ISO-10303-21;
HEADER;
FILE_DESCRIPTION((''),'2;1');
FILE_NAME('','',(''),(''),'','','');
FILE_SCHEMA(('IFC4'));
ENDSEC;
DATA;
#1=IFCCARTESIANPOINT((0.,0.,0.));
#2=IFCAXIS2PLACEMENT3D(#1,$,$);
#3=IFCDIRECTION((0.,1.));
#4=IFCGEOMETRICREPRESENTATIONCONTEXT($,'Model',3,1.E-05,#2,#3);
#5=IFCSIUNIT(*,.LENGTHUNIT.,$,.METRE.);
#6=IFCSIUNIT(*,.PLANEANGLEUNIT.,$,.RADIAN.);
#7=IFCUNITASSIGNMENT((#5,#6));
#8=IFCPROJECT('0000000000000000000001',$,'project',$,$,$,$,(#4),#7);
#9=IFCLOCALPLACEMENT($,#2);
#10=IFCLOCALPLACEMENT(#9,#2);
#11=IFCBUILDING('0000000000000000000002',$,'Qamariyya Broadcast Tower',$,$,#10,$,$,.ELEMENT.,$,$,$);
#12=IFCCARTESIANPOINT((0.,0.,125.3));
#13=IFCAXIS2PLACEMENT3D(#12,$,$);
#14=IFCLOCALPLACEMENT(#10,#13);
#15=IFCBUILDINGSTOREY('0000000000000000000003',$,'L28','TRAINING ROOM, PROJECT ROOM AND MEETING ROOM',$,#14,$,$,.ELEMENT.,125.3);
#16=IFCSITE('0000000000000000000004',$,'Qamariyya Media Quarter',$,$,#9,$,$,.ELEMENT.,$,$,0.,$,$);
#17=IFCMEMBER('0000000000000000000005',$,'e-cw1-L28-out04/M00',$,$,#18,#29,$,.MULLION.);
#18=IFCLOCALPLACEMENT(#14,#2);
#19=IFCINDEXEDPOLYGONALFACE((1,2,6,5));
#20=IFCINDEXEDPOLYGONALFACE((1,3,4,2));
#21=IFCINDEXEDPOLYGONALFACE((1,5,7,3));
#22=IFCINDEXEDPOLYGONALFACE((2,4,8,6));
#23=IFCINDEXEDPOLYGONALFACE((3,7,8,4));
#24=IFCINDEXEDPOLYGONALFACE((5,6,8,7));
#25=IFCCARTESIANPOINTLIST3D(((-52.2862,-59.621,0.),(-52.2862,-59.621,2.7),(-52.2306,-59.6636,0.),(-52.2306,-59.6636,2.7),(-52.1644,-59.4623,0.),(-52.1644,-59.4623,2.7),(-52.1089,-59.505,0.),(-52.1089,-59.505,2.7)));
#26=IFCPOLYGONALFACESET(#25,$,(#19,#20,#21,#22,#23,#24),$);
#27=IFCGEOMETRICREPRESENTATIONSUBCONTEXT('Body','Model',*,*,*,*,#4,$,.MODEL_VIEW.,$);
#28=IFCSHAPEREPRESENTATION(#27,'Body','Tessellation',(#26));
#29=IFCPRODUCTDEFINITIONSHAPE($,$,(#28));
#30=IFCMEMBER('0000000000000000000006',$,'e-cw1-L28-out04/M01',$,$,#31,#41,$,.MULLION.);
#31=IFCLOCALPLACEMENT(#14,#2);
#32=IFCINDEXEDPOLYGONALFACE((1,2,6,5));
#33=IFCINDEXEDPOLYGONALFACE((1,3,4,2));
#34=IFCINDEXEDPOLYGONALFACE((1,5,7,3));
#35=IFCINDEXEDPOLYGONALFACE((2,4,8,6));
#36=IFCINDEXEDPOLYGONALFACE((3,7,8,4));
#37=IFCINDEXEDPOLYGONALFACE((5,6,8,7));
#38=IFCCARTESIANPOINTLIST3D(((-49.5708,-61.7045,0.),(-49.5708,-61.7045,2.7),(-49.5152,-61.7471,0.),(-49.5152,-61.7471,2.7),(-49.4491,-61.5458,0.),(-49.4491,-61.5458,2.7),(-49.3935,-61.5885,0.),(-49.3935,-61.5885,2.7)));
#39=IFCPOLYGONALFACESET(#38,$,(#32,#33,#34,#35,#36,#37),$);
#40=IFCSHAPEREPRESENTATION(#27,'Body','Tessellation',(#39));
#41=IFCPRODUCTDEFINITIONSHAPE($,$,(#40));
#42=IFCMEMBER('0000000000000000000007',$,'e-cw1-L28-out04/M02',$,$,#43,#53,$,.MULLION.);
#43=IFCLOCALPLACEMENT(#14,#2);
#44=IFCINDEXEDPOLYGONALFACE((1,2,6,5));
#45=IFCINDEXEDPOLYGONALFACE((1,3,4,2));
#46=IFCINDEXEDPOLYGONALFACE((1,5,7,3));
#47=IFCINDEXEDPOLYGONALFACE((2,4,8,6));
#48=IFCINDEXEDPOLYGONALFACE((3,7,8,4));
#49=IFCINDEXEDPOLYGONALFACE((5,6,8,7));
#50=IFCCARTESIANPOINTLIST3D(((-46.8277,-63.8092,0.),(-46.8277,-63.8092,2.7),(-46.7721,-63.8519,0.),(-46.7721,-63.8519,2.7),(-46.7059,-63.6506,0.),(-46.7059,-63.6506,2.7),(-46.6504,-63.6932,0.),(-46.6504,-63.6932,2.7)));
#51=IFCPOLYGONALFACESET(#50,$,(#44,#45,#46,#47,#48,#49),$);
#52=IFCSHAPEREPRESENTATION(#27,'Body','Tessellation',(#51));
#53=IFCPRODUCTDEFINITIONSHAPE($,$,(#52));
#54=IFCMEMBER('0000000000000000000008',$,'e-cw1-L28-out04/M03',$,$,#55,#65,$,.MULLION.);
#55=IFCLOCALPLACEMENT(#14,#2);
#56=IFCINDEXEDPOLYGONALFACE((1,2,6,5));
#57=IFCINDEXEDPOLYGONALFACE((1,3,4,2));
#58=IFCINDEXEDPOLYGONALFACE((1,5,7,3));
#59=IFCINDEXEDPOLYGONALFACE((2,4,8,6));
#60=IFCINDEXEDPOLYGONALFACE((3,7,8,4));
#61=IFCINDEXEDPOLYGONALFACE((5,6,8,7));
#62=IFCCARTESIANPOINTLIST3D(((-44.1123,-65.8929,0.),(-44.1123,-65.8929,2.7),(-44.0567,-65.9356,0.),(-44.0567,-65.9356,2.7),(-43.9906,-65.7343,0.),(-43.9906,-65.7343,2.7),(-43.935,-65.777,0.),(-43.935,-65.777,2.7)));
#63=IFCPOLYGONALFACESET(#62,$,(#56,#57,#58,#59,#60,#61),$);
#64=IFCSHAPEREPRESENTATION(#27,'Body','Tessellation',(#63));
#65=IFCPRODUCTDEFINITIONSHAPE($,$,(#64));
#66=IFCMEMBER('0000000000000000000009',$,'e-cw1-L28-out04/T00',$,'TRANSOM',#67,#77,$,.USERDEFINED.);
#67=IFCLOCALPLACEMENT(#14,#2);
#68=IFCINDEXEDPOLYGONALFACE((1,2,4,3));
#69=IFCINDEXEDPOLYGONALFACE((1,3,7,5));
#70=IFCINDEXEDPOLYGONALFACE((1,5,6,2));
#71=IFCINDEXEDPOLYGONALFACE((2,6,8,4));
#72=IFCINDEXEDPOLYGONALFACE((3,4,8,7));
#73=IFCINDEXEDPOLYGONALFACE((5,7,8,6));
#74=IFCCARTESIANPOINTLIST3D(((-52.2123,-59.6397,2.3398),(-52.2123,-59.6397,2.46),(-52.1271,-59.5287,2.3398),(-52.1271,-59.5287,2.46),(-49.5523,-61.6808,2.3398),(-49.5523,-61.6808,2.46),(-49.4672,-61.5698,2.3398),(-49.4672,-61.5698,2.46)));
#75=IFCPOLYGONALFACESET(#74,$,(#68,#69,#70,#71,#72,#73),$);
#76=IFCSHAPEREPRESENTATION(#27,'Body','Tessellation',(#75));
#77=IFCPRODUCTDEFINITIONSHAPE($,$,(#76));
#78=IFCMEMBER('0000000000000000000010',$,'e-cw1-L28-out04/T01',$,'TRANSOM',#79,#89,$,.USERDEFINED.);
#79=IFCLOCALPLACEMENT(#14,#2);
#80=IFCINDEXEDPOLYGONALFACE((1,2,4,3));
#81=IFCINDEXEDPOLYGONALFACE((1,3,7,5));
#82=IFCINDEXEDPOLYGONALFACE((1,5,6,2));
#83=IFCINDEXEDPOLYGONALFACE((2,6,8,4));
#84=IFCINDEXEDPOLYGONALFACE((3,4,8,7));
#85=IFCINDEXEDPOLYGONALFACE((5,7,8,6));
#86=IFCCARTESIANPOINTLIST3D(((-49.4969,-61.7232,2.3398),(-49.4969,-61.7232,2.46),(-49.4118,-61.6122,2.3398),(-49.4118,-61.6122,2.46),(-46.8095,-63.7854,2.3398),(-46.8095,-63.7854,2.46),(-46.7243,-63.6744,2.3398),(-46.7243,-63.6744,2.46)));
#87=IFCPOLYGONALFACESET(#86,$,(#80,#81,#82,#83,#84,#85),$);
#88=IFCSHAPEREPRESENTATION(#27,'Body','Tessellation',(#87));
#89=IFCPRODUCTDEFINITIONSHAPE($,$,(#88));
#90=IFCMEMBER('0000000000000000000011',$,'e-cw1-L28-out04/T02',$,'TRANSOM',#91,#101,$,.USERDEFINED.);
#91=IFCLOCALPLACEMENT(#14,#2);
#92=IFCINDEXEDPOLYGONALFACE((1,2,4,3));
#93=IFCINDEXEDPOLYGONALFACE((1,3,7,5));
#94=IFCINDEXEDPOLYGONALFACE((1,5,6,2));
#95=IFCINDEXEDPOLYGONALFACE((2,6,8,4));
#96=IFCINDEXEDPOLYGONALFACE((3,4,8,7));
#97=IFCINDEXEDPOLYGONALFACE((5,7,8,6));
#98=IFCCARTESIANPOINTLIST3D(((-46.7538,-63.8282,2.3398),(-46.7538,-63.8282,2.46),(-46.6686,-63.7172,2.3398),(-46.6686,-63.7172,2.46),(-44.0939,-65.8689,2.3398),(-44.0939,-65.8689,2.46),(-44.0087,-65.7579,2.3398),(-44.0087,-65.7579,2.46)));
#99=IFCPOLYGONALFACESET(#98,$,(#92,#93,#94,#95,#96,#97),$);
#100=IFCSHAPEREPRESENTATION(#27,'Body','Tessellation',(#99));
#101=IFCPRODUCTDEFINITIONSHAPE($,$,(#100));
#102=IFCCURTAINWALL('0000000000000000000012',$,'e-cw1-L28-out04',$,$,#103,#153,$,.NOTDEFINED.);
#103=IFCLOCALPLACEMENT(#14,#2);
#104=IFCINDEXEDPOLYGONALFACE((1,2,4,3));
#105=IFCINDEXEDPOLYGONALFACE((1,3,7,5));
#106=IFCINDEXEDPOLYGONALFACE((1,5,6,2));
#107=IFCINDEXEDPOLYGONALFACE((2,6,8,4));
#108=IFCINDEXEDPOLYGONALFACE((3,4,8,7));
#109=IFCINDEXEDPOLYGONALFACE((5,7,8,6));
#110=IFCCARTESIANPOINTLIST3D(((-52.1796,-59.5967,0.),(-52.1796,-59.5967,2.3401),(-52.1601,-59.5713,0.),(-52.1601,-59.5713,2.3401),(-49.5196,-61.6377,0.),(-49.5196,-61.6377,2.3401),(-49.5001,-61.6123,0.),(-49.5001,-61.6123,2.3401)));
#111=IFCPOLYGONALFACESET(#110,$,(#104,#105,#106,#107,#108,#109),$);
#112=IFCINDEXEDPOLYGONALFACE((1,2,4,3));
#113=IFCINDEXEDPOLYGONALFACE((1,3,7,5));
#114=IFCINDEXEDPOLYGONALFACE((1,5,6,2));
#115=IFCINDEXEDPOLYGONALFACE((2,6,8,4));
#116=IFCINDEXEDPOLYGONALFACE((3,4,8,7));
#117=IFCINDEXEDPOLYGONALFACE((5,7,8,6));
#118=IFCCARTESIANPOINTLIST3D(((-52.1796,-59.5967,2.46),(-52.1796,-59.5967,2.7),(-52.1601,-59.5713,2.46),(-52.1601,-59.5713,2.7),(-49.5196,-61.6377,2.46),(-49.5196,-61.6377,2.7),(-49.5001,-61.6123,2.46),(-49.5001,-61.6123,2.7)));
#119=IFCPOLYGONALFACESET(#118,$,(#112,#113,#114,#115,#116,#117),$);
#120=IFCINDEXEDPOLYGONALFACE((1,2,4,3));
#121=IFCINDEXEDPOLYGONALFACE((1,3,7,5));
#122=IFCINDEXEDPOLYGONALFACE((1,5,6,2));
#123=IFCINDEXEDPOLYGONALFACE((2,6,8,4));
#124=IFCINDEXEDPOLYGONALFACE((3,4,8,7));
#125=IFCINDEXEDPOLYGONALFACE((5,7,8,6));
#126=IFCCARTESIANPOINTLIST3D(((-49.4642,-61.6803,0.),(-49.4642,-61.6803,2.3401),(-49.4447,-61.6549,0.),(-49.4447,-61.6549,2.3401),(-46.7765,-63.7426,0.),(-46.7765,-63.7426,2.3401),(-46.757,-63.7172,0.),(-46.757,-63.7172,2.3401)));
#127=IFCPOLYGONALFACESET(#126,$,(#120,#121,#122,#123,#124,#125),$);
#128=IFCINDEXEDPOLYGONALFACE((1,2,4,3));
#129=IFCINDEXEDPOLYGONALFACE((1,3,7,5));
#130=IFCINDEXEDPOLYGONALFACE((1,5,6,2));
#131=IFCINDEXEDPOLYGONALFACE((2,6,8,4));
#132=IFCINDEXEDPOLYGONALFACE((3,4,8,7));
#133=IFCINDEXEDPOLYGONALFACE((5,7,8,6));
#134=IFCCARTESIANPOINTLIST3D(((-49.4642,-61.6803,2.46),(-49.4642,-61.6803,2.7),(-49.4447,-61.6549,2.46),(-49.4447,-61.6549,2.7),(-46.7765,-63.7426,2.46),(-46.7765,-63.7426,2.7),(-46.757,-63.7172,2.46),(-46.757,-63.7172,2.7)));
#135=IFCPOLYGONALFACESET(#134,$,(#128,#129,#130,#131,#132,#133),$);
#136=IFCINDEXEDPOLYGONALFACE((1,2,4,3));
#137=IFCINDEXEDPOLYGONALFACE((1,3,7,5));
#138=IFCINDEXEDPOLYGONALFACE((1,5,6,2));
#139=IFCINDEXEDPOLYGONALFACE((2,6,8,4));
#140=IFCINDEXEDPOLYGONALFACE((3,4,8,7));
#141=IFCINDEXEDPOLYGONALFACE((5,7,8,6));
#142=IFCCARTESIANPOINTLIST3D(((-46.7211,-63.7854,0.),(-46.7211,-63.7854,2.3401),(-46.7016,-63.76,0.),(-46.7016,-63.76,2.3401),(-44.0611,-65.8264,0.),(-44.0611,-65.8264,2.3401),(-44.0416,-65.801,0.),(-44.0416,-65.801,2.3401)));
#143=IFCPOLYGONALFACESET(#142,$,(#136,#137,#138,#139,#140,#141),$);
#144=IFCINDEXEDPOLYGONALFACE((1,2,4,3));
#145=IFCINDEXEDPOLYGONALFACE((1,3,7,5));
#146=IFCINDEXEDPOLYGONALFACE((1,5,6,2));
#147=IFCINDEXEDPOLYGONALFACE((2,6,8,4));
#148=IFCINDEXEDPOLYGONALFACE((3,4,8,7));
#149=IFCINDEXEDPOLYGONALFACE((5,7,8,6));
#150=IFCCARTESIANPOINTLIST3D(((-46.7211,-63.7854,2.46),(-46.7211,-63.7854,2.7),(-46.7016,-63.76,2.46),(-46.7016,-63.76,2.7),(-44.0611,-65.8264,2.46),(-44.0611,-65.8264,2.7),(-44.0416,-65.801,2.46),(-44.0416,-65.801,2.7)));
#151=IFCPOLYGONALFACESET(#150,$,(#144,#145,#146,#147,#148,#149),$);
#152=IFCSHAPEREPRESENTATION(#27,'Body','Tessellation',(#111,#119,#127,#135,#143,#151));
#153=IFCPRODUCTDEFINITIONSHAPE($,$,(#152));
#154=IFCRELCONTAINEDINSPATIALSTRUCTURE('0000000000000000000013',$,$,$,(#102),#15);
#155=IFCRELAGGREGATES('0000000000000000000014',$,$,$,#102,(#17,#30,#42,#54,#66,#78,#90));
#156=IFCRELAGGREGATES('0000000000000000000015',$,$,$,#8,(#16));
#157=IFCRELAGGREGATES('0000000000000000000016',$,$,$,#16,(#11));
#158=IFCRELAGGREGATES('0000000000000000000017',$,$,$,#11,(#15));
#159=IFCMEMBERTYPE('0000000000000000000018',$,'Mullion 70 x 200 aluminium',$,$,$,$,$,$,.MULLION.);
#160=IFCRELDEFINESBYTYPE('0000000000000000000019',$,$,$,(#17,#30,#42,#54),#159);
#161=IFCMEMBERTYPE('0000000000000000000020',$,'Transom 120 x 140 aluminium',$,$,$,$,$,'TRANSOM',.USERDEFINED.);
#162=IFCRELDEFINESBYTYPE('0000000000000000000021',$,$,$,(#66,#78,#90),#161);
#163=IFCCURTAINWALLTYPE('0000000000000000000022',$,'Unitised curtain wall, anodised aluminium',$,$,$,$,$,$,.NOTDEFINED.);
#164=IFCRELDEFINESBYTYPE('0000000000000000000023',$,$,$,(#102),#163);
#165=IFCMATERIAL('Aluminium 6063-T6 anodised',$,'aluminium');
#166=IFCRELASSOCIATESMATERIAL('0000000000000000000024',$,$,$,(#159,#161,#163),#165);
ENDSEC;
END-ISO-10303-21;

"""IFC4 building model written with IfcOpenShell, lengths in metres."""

from ifc_helpers import new_model, si_unit, direction, frame, origin, origin_2d, place, context, subcontext, project, spatial, rectangle, extrude, material, material_profile, profile_set, type_object, element, aggregate, save


model = new_model("IFC4")

# Units and contexts
model_context = context("Model", 3, precision=1e-05, world=origin(), true_north=direction((0.0, 1.0)))
body_context = subcontext(model_context, "Body", "Model", "MODEL_VIEW")
ifc_project = project(units=[si_unit("LENGTHUNIT", "METRE"), si_unit("PLANEANGLEUNIT", "RADIAN")], contexts=[model_context])

# Members
ifc_material = material(Name="Aluminium 6063-T6 anodised", Category="aluminium")
ifc_material_profile_1 = material_profile(ifc_material, rectangle(XDim=0.2, YDim=0.0701, at=origin_2d()))
ifc_profile_set_1 = profile_set([ifc_material_profile_1], Name="Aluminium 6063-T6 anodised")
member_type_1 = type_object("IfcMemberType", Name="Mullion 70 x 200 aluminium", PredefinedType="MULLION", material=ifc_profile_set_1)
site_placement = place(None, origin())
building_placement = place(site_placement, origin())
storey_placement = place(building_placement, frame((0.0, 0.0, 125.3)))
member_1_placement = place(storey_placement, frame((-52.1975, -59.563, 0.0), z_axis=(0.0, 0.0, 1.0), x_axis=(0.608761, 0.793353, 0.0)))
member_1 = element("IfcMember", 1, at=member_1_placement, type_object=member_type_1, Name="e-cw1-L28-out04/M00", PredefinedType="MULLION", context=body_context, shape_type="SweptSolid", body=[
    extrude(rectangle(XDim=0.2, YDim=0.0701, at=origin_2d()), origin(), (0.0, 0.0, 1.0), 2.7),
])
member_2_placement = place(storey_placement, frame((-49.4822, -61.6465, 0.0), z_axis=(0.0, 0.0, 1.0), x_axis=(0.608761, 0.793353, 0.0)))
member_2 = element("IfcMember", 2, at=member_2_placement, type_object=member_type_1, Name="e-cw1-L28-out04/M01", PredefinedType="MULLION", context=body_context, shape_type="SweptSolid", body=[
    extrude(rectangle(XDim=0.2, YDim=0.0701, at=origin_2d()), origin(), (0.0, 0.0, 1.0), 2.7),
])
member_3_placement = place(storey_placement, frame((-46.739, -63.7512, 0.0), z_axis=(0.0, 0.0, 1.0), x_axis=(0.608761, 0.793353, 0.0)))
member_3 = element("IfcMember", 3, at=member_3_placement, type_object=member_type_1, Name="e-cw1-L28-out04/M02", PredefinedType="MULLION", context=body_context, shape_type="SweptSolid", body=[
    extrude(rectangle(XDim=0.2, YDim=0.0701, at=origin_2d()), origin(), (0.0, 0.0, 1.0), 2.7),
])
member_4_placement = place(storey_placement, frame((-44.0237, -65.835, 0.0), z_axis=(0.0, 0.0, 1.0), x_axis=(0.608761, 0.793353, 0.0)))
member_4 = element("IfcMember", 4, at=member_4_placement, type_object=member_type_1, Name="e-cw1-L28-out04/M03", PredefinedType="MULLION", context=body_context, shape_type="SweptSolid", body=[
    extrude(rectangle(XDim=0.2, YDim=0.0701, at=origin_2d()), origin(), (0.0, 0.0, 1.0), 2.7),
])
ifc_material_profile_2 = material_profile(ifc_material, rectangle(XDim=0.1399, YDim=0.1201, at=origin_2d()))
ifc_profile_set_2 = profile_set([ifc_material_profile_2], Name="Aluminium 6063-T6 anodised")
member_type_2 = type_object("IfcMemberType", Name="Transom 120 x 140 aluminium", ElementType="TRANSOM", PredefinedType="USERDEFINED", material=ifc_profile_set_2)
member_5_placement = place(storey_placement, frame((-52.1697, -59.5842, 2.3999), z_axis=(0.793354, -0.60876, 0.0), x_axis=(0.60876, 0.793354, 0.0)))
member_5 = element("IfcMember", 5, at=member_5_placement, type_object=member_type_2, Name="e-cw1-L28-out04/T00", ObjectType="TRANSOM", PredefinedType="USERDEFINED", context=body_context, shape_type="SweptSolid", body=[
    extrude(rectangle(XDim=0.1399, YDim=0.1201, at=origin_2d()), origin(), (0.0, 0.0, 1.0), 3.3528),
])
member_6_placement = place(storey_placement, frame((-49.4543, -61.6677, 2.3999), z_axis=(0.793344, -0.608773, 0.0), x_axis=(0.608773, 0.793344, 0.0)))
member_6 = element("IfcMember", 6, at=member_6_placement, type_object=member_type_2, Name="e-cw1-L28-out04/T01", ObjectType="TRANSOM", PredefinedType="USERDEFINED", context=body_context, shape_type="SweptSolid", body=[
    extrude(rectangle(XDim=0.1399, YDim=0.1201, at=origin_2d()), origin(), (0.0, 0.0, 1.0), 3.3875),
])
member_7_placement = place(storey_placement, frame((-46.7112, -63.7727, 2.3999), z_axis=(0.793389, -0.608714, 0.0), x_axis=(0.608714, 0.793389, 0.0)))
member_7 = element("IfcMember", 7, at=member_7_placement, type_object=member_type_2, Name="e-cw1-L28-out04/T02", ObjectType="TRANSOM", PredefinedType="USERDEFINED", context=body_context, shape_type="SweptSolid", body=[
    extrude(rectangle(XDim=0.1399, YDim=0.1201, at=origin_2d()), origin(), (0.0, 0.0, 1.0), 3.3525),
])

# Site, building, storey
site = spatial("IfcSite", under=ifc_project, at=site_placement, Name="Qamariyya Media Quarter", CompositionType="ELEMENT", RefElevation=0.0)
building = spatial("IfcBuilding", under=site, at=building_placement, Name="Qamariyya Broadcast Tower", CompositionType="ELEMENT")
storey = spatial("IfcBuildingStorey", under=building, at=storey_placement, Name="L28", Description="TRAINING ROOM, PROJECT ROOM AND MEETING ROOM", CompositionType="ELEMENT", Elevation=125.3)

# Curtain wall
curtain_wall_type = type_object("IfcCurtainWallType", Name="Unitised curtain wall, anodised aluminium", PredefinedType="NOTDEFINED", material=ifc_material)
curtain_wall_1_placement = place(storey_placement, origin())
curtain_wall_1 = element("IfcCurtainWall", 8, at=curtain_wall_1_placement, inside=storey, type_object=curtain_wall_type, Name="e-cw1-L28-out04", PredefinedType="NOTDEFINED", context=body_context, shape_type="SweptSolid", body=[
    extrude(rectangle(XDim=3.3528, YDim=0.032, at=origin_2d()), frame((-50.8398, -60.6045, 0.0), x_axis=(0.793354, -0.608761, 0.0)), (0.0, 0.0, 1.0), 2.3401),
    extrude(rectangle(XDim=3.3528, YDim=0.032, at=origin_2d()), frame((-50.8398, -60.6045, 2.46), x_axis=(0.793354, -0.608761, 0.0)), (0.0, 0.0, 1.0), 0.24),
    extrude(rectangle(XDim=3.3877, YDim=0.032, at=origin_2d()), frame((-48.1106, -62.6987, 0.0), x_axis=(0.793354, -0.608761, 0.0)), (0.0, 0.0, 1.0), 2.3401),
    extrude(rectangle(XDim=3.3877, YDim=0.032, at=origin_2d()), frame((-48.1106, -62.6987, 2.46), x_axis=(0.793354, -0.608761, 0.0)), (0.0, 0.0, 1.0), 0.24),
    extrude(rectangle(XDim=3.3528, YDim=0.032, at=origin_2d()), frame((-45.3813, -64.7932, 0.0), x_axis=(0.793354, -0.608761, 0.0)), (0.0, 0.0, 1.0), 2.3401),
    extrude(rectangle(XDim=3.3528, YDim=0.032, at=origin_2d()), frame((-45.3813, -64.7932, 2.46), x_axis=(0.793354, -0.608761, 0.0)), (0.0, 0.0, 1.0), 0.24),
])
aggregate(curtain_wall_1, [member_1, member_2, member_3, member_4, member_5, member_6, member_7])

save(model, "model.ifc")
